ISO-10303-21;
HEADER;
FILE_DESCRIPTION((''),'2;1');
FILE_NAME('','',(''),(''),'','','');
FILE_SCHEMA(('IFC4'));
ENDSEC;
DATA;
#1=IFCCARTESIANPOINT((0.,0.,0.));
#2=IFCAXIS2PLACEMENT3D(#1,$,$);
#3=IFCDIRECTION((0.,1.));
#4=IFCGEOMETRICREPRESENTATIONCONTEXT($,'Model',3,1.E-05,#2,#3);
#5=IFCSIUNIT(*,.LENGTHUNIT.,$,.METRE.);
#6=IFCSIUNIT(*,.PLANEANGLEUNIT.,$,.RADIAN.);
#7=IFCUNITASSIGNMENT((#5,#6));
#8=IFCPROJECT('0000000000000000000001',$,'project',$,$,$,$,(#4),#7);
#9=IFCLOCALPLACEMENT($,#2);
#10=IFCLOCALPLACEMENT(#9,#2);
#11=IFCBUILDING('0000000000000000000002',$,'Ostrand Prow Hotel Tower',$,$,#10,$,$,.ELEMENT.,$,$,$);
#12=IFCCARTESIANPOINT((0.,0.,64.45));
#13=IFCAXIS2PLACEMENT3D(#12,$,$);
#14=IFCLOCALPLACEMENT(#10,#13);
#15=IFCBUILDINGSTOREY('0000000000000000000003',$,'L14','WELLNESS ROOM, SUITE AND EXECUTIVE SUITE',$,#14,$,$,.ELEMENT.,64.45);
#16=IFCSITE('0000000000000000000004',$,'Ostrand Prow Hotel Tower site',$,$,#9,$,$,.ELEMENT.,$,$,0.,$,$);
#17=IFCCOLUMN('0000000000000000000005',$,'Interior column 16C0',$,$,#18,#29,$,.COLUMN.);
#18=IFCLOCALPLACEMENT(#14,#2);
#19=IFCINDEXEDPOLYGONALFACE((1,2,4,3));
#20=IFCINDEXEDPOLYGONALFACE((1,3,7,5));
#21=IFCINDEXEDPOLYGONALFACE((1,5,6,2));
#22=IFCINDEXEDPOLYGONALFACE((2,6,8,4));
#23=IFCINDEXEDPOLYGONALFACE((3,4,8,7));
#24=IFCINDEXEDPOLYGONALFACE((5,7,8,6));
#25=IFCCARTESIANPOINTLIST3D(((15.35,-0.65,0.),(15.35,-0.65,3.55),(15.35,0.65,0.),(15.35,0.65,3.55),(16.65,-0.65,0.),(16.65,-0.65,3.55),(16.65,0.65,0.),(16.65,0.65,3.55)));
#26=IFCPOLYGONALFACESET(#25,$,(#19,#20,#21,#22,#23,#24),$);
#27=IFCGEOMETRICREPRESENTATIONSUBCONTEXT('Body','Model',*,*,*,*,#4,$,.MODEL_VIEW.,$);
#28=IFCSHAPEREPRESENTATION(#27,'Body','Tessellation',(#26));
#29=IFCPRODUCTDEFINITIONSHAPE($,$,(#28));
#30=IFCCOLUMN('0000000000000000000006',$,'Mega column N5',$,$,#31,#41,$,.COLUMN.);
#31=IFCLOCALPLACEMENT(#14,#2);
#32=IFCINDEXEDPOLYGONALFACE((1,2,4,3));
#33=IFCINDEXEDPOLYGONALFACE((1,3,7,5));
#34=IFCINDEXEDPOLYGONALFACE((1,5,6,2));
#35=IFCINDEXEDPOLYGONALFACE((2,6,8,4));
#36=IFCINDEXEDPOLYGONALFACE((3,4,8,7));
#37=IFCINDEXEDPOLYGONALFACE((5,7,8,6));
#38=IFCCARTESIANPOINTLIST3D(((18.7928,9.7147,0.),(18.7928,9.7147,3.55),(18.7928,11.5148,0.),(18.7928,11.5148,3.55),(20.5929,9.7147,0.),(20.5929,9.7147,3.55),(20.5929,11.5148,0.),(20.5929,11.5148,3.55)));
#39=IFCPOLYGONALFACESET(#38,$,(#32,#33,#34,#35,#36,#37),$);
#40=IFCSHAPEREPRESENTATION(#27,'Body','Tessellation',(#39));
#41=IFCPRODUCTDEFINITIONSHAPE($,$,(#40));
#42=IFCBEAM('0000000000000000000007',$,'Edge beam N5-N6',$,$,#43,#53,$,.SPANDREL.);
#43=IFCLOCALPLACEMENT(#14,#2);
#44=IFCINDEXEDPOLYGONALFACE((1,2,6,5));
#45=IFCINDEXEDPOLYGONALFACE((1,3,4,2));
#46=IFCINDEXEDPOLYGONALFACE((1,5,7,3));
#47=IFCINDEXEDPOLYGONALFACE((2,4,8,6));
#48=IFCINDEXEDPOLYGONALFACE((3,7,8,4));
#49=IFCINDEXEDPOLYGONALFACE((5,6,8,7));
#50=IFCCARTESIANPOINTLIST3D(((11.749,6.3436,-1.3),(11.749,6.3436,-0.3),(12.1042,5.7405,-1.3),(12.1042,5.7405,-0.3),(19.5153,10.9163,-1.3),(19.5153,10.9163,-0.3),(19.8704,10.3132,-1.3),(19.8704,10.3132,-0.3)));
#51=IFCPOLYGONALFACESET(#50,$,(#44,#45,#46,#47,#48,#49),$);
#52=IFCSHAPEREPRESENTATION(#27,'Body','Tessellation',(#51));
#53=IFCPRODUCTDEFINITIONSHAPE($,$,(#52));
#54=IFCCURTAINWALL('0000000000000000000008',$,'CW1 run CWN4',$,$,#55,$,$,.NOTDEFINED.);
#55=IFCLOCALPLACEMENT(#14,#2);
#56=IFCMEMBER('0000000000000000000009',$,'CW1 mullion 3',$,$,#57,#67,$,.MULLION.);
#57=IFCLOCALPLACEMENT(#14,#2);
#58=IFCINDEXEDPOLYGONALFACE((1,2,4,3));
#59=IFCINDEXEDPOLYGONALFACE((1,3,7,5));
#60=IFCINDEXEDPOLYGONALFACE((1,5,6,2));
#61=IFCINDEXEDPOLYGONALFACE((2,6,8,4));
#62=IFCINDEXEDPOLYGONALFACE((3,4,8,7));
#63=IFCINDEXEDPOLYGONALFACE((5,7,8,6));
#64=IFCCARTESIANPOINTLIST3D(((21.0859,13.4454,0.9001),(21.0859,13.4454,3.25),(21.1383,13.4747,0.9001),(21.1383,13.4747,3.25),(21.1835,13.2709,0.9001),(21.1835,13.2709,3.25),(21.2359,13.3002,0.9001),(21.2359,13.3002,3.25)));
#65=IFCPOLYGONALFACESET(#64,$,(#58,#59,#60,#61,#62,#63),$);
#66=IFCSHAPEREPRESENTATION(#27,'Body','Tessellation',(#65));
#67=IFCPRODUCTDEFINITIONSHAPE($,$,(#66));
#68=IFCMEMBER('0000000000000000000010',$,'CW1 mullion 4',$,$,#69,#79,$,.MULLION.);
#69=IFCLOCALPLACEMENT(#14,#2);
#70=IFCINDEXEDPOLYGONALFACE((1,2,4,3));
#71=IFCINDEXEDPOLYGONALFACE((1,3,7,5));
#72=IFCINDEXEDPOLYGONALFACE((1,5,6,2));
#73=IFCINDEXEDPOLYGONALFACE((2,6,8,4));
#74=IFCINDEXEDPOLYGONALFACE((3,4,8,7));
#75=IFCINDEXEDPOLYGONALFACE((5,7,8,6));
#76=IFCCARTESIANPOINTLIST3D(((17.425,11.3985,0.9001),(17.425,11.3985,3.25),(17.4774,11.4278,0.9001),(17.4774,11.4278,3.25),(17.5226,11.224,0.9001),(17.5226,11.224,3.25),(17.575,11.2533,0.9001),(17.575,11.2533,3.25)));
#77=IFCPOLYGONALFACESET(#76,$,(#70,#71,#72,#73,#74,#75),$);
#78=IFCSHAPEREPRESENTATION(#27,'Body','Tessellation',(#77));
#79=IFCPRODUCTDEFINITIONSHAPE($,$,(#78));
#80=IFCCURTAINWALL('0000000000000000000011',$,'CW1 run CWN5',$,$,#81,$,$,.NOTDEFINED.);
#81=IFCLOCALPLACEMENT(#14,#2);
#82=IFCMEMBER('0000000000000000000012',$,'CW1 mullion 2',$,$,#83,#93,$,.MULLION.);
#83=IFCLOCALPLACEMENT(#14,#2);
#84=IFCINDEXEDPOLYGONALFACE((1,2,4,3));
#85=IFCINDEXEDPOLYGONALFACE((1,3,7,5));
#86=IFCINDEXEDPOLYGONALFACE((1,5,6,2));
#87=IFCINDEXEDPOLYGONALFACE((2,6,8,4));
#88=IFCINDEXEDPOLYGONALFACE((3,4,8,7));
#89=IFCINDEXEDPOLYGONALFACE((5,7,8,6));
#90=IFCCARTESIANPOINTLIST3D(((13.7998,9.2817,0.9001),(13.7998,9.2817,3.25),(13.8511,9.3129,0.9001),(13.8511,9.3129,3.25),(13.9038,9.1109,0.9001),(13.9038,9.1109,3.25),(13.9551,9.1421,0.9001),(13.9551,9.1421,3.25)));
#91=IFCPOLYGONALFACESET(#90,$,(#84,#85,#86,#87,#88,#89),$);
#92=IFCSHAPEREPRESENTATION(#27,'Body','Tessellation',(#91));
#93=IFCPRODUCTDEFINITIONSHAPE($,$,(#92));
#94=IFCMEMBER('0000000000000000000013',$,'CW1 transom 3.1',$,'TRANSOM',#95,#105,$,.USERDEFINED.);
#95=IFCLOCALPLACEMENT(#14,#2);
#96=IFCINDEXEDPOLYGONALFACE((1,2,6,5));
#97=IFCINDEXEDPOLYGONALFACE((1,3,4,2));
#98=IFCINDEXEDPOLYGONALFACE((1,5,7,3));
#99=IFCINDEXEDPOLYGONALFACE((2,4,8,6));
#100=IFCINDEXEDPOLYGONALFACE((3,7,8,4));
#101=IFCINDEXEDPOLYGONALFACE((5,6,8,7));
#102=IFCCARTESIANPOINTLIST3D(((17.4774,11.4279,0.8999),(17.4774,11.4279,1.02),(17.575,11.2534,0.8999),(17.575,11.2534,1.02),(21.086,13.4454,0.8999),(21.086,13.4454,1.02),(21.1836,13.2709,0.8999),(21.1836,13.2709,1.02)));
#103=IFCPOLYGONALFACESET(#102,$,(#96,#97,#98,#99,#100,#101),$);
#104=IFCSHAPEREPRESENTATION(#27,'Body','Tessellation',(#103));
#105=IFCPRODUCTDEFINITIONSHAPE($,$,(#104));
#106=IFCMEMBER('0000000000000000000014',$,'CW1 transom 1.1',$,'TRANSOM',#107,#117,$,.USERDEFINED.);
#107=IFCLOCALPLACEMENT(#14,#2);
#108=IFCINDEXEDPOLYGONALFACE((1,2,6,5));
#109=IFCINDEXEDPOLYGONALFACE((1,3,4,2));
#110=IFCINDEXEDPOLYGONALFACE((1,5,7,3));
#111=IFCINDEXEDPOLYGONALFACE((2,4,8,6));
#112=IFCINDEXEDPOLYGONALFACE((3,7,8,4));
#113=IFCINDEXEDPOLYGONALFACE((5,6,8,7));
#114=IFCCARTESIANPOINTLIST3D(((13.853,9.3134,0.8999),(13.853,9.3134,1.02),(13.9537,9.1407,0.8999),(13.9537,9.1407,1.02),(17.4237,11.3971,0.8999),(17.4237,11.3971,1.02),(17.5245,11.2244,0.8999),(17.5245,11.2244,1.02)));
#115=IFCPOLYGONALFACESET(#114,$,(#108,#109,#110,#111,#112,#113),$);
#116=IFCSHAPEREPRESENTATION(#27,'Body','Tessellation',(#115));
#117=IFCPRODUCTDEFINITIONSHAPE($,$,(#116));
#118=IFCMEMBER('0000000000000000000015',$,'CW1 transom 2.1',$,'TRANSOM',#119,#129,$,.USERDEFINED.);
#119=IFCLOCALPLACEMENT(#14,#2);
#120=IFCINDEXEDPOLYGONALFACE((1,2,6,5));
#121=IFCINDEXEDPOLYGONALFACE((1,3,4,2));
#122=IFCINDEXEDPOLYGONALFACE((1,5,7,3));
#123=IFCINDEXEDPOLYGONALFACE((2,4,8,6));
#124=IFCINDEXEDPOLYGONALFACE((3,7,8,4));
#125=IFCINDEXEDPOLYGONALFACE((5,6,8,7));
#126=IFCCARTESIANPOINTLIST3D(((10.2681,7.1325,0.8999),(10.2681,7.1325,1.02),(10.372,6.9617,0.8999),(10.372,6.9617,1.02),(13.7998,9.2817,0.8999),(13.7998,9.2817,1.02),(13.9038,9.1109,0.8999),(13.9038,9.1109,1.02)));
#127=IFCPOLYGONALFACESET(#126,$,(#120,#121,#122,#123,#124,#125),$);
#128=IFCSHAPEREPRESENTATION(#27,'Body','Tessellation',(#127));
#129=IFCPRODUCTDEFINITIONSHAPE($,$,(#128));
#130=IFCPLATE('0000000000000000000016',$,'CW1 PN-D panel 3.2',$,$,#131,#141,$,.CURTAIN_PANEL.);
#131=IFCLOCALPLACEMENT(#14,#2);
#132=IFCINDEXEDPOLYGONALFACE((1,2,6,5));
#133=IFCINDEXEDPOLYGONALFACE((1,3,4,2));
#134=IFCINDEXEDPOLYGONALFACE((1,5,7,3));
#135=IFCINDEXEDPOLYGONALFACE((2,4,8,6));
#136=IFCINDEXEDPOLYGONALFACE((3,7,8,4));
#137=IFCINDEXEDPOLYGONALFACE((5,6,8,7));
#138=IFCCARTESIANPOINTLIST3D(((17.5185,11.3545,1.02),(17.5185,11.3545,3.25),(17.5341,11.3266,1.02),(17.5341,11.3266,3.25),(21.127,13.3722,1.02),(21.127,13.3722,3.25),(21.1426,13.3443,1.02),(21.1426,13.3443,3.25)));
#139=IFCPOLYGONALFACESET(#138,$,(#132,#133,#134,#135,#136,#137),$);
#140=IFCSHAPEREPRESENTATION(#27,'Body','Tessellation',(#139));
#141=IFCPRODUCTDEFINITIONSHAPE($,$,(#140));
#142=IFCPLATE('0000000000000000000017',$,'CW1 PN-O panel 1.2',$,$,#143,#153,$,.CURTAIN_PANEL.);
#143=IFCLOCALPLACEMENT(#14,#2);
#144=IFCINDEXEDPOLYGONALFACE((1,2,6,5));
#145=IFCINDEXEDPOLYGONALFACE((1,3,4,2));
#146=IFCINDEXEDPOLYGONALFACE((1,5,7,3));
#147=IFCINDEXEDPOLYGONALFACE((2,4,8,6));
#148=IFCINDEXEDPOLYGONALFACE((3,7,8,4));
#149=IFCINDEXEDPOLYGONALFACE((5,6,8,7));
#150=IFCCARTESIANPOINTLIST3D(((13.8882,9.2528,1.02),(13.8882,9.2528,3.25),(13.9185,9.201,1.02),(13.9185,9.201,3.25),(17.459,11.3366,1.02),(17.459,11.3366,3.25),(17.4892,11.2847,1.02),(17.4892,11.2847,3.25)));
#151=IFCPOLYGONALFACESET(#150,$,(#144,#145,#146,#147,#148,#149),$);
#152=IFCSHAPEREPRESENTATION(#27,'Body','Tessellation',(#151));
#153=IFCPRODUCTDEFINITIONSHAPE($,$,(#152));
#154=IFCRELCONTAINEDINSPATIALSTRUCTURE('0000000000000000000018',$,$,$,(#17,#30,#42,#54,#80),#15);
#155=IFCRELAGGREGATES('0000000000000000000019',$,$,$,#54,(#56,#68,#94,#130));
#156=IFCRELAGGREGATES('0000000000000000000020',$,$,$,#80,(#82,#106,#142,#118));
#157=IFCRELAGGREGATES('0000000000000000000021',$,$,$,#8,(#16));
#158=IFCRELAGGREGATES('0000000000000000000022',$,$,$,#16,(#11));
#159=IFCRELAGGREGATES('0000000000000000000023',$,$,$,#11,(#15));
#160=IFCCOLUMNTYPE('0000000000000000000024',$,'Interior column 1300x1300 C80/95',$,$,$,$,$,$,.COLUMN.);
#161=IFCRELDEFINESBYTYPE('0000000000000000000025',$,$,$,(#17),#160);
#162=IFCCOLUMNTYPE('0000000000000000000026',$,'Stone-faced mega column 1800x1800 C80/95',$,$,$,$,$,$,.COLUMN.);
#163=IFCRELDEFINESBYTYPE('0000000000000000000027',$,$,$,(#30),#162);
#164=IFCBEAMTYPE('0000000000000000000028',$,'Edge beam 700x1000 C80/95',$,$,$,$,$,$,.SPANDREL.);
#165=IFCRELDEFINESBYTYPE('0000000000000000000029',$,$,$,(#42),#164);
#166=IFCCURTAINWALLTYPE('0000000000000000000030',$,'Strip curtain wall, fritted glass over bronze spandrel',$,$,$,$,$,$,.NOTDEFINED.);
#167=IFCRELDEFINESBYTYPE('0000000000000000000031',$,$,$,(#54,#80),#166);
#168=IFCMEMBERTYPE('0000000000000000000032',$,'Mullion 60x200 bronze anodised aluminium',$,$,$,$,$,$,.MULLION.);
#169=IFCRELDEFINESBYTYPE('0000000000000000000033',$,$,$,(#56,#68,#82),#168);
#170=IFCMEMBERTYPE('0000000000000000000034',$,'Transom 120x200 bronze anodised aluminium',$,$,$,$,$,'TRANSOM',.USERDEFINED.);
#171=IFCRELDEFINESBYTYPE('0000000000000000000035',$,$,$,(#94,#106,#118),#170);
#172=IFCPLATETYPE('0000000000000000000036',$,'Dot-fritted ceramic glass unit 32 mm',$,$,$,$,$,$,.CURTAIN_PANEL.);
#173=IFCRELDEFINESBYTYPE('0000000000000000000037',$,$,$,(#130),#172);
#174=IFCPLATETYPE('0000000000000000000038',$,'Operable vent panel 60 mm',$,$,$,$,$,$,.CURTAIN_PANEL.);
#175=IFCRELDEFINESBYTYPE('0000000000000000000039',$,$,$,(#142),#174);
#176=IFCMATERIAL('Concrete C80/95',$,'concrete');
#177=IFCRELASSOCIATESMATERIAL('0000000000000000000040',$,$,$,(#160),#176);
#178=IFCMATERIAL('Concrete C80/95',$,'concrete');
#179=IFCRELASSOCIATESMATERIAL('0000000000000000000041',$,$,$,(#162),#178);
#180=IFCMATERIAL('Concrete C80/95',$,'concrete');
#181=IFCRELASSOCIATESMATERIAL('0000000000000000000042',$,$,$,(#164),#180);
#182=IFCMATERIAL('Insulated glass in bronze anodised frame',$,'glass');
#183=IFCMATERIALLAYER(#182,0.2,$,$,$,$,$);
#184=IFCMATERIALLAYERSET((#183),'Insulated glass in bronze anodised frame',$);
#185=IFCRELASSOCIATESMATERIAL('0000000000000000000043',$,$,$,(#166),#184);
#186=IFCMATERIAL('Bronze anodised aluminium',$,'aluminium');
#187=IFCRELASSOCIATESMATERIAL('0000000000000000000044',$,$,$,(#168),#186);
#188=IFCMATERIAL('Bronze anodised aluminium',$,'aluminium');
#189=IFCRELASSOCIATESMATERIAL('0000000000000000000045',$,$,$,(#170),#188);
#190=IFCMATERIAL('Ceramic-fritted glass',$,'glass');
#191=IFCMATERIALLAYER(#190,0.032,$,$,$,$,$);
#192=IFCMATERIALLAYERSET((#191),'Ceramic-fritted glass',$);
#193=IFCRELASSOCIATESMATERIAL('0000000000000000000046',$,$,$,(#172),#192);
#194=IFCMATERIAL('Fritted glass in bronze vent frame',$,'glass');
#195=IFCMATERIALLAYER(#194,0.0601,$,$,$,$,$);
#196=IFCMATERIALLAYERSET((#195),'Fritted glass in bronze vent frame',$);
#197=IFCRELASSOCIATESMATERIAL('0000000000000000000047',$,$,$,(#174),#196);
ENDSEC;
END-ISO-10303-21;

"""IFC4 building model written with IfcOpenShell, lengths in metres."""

from ifc_helpers import new_model, si_unit, direction, frame, origin, origin_2d, place, context, subcontext, project, spatial, rectangle, extrude, material, layer, layer_set, material_profile, profile_set, type_object, element, aggregate, save


model = new_model("IFC4")

# Units and contexts
model_context = context("Model", 3, precision=1e-05, world=origin(), true_north=direction((0.0, 1.0)))
body_context = subcontext(model_context, "Body", "Model", "MODEL_VIEW")
ifc_project = project(units=[si_unit("LENGTHUNIT", "METRE"), si_unit("PLANEANGLEUNIT", "RADIAN")], contexts=[model_context])

# Site, building, storey
site_placement = place(None, origin())
site = spatial("IfcSite", under=ifc_project, at=site_placement, Name="Ostrand Prow Hotel Tower site", CompositionType="ELEMENT", RefElevation=0.0)
building_placement = place(site_placement, origin())
building = spatial("IfcBuilding", under=site, at=building_placement, Name="Ostrand Prow Hotel Tower", CompositionType="ELEMENT")
storey_placement = place(building_placement, frame((0.0, 0.0, 64.45)))
storey = spatial("IfcBuildingStorey", under=building, at=storey_placement, Name="L14", Description="WELLNESS ROOM, SUITE AND EXECUTIVE SUITE", CompositionType="ELEMENT", Elevation=64.45)

# Columns
ifc_material_1 = material(Name="Concrete C80/95", Category="concrete")
ifc_material_profile_1 = material_profile(ifc_material_1, rectangle(XDim=1.3, YDim=1.3, at=origin_2d()), Name="RC 1300x1300")
ifc_profile_set_1 = profile_set([ifc_material_profile_1], Name="Concrete C80/95")
column_type_1 = type_object("IfcColumnType", Name="Interior column 1300x1300 C80/95", PredefinedType="COLUMN", material=ifc_profile_set_1)
column_1_placement = place(storey_placement, frame((16.0, 0.0, 0.0), z_axis=(0.0, 0.0, 1.0), x_axis=(1.0, 0.0, 0.0)))
element("IfcColumn", 1, at=column_1_placement, inside=storey, type_object=column_type_1, Name="Interior column 16C0", PredefinedType="COLUMN", context=body_context, shape_type="SweptSolid", body=[
    extrude(rectangle(XDim=1.3, YDim=1.3, at=origin_2d()), origin(), (0.0, 0.0, 1.0), 3.55),
])
ifc_material_2 = material(Name="Concrete C80/95", Category="concrete")
ifc_material_profile_2 = material_profile(ifc_material_2, rectangle(XDim=1.8, YDim=1.8, at=origin_2d()), Name="RC 1800x1800")
ifc_profile_set_2 = profile_set([ifc_material_profile_2], Name="Concrete C80/95")
column_type_2 = type_object("IfcColumnType", Name="Stone-faced mega column 1800x1800 C80/95", PredefinedType="COLUMN", material=ifc_profile_set_2)
column_2_placement = place(storey_placement, frame((19.6929, 10.6147, 0.0), z_axis=(0.0, 0.0, 1.0), x_axis=(1.0, 0.0, 0.0)))
element("IfcColumn", 2, at=column_2_placement, inside=storey, type_object=column_type_2, Name="Mega column N5", PredefinedType="COLUMN", context=body_context, shape_type="SweptSolid", body=[
    extrude(rectangle(XDim=1.8, YDim=1.8, at=origin_2d()), origin(), (0.0, 0.0, 1.0), 3.55),
])

# Beam
ifc_material_3 = material(Name="Concrete C80/95", Category="concrete")
ifc_material_profile_3 = material_profile(ifc_material_3, rectangle(XDim=0.7, YDim=1.0, at=origin_2d()), Name="RC 700x1000")
ifc_profile_set_3 = profile_set([ifc_material_profile_3], Name="Concrete C80/95")
beam_type = type_object("IfcBeamType", Name="Edge beam 700x1000 C80/95", PredefinedType="SPANDREL", material=ifc_profile_set_3)
beam_placement = place(storey_placement, frame((19.6929, 10.6147, -0.8), z_axis=(-0.861725, -0.507375, 0.0), x_axis=(0.507375, -0.861725, 0.0)))
element("IfcBeam", 3, at=beam_placement, inside=storey, type_object=beam_type, Name="Edge beam N5-N6", PredefinedType="SPANDREL", context=body_context, shape_type="SweptSolid", body=[
    extrude(rectangle(XDim=0.7, YDim=1.0, at=origin_2d()), origin(), (0.0, 0.0, 1.0), 9.0125),
])

# Curtain wall, members
ifc_material_4 = material(Name="Insulated glass in bronze anodised frame", Category="glass")
ifc_layer_1 = layer(ifc_material_4, 0.2)
ifc_layer_set_1 = layer_set([ifc_layer_1], Name="Insulated glass in bronze anodised frame")
curtain_wall_type = type_object("IfcCurtainWallType", Name="Strip curtain wall, fritted glass over bronze spandrel", PredefinedType="NOTDEFINED", material=ifc_layer_set_1)
curtain_wall_1_placement = place(storey_placement, origin())
curtain_wall_1 = element("IfcCurtainWall", 4, at=curtain_wall_1_placement, inside=storey, type_object=curtain_wall_type, Name="CW1 run CWN4", PredefinedType="NOTDEFINED")
ifc_material_5 = material(Name="Bronze anodised aluminium", Category="aluminium")
ifc_material_profile_4 = material_profile(ifc_material_5, rectangle(XDim=0.2, YDim=0.0601, at=origin_2d()), Name="Mullion 60x200 bronze anodised aluminium")
ifc_profile_set_4 = profile_set([ifc_material_profile_4], Name="Bronze anodised aluminium")
member_type_1 = type_object("IfcMemberType", Name="Mullion 60x200 bronze anodised aluminium", PredefinedType="MULLION", material=ifc_profile_set_4)
member_1_placement = place(storey_placement, frame((21.1609, 13.3728, 0.9001), z_axis=(0.0, 0.0, 1.0), x_axis=(0.488044, -0.872819, 0.0)))
member_1 = element("IfcMember", 5, at=member_1_placement, type_object=member_type_1, Name="CW1 mullion 3", PredefinedType="MULLION", context=body_context, shape_type="SweptSolid", body=[
    extrude(rectangle(XDim=0.2, YDim=0.0601, at=origin_2d()), origin(), (0.0, 0.0, 1.0), 2.3499),
])
member_2_placement = place(storey_placement, frame((17.5, 11.3259, 0.9001), z_axis=(0.0, 0.0, 1.0), x_axis=(0.488044, -0.872819, 0.0)))
member_2 = element("IfcMember", 6, at=member_2_placement, type_object=member_type_1, Name="CW1 mullion 4", PredefinedType="MULLION", context=body_context, shape_type="SweptSolid", body=[
    extrude(rectangle(XDim=0.2, YDim=0.0601, at=origin_2d()), origin(), (0.0, 0.0, 1.0), 2.3499),
])

# Curtain wall, member
curtain_wall_2_placement = place(storey_placement, origin())
curtain_wall_2 = element("IfcCurtainWall", 7, at=curtain_wall_2_placement, inside=storey, type_object=curtain_wall_type, Name="CW1 run CWN5", PredefinedType="NOTDEFINED")
member_3_placement = place(storey_placement, frame((13.8774, 9.2119, 0.9001), z_axis=(0.0, 0.0, 1.0), x_axis=(0.519831, -0.854269, 0.0)))
member_3 = element("IfcMember", 8, at=member_3_placement, type_object=member_type_1, Name="CW1 mullion 2", PredefinedType="MULLION", context=body_context, shape_type="SweptSolid", body=[
    extrude(rectangle(XDim=0.2, YDim=0.0601, at=origin_2d()), origin(), (0.0, 0.0, 1.0), 2.3499),
])

# Members
ifc_material_6 = material(Name="Bronze anodised aluminium", Category="aluminium")
ifc_material_profile_5 = material_profile(ifc_material_6, rectangle(XDim=0.2, YDim=0.1201, at=origin_2d()), Name="Transom 120x200 bronze anodised aluminium")
ifc_profile_set_5 = profile_set([ifc_material_profile_5], Name="Bronze anodised aluminium")
member_type_2 = type_object("IfcMemberType", Name="Transom 120x200 bronze anodised aluminium", ElementType="TRANSOM", PredefinedType="USERDEFINED", material=ifc_profile_set_5)
member_4_placement = place(storey_placement, frame((21.1348, 13.3582, 0.96), z_axis=(-0.872842, -0.488003, 0.0), x_axis=(0.488003, -0.872842, 0.0)))
member_4 = element("IfcMember", 9, at=member_4_placement, type_object=member_type_2, Name="CW1 transom 3.1", ObjectType="TRANSOM", PredefinedType="USERDEFINED", context=body_context, shape_type="SweptSolid", body=[
    extrude(rectangle(XDim=0.2, YDim=0.1201, at=origin_2d()), origin(), (0.0, 0.0, 1.0), 4.1343),
])
member_5_placement = place(storey_placement, frame((17.4741, 11.3108, 0.96), z_axis=(-0.863698, -0.504011, 0.0), x_axis=(0.504011, -0.863698, 0.0)))
member_5 = element("IfcMember", 10, at=member_5_placement, type_object=member_type_2, Name="CW1 transom 1.1", ObjectType="TRANSOM", PredefinedType="USERDEFINED", context=body_context, shape_type="SweptSolid", body=[
    extrude(rectangle(XDim=0.2, YDim=0.1201, at=origin_2d()), origin(), (0.0, 0.0, 1.0), 4.1343),
])
member_6_placement = place(storey_placement, frame((13.8518, 9.1963, 0.96), z_axis=(-0.854261, -0.519844, 0.0), x_axis=(0.519844, -0.854261, 0.0)))
member_6 = element("IfcMember", 11, at=member_6_placement, type_object=member_type_2, Name="CW1 transom 2.1", ObjectType="TRANSOM", PredefinedType="USERDEFINED", context=body_context, shape_type="SweptSolid", body=[
    extrude(rectangle(XDim=0.2, YDim=0.1201, at=origin_2d()), origin(), (0.0, 0.0, 1.0), 4.1343),
])

# Plates
ifc_material_7 = material(Name="Ceramic-fritted glass", Category="glass")
ifc_layer_2 = layer(ifc_material_7, 0.032)
ifc_layer_set_2 = layer_set([ifc_layer_2], Name="Ceramic-fritted glass")
plate_type_1 = type_object("IfcPlateType", Name="Dot-fritted ceramic glass unit 32 mm", PredefinedType="CURTAIN_PANEL", material=ifc_layer_set_2)
plate_1_placement = place(storey_placement, frame((19.3306, 12.3494, 1.02), z_axis=(0.0, 0.0, 1.0), x_axis=(-0.872819, -0.488044, 0.0)))
plate_1 = element("IfcPlate", 12, at=plate_1_placement, type_object=plate_type_1, Name="CW1 PN-D panel 3.2", PredefinedType="CURTAIN_PANEL", context=body_context, shape_type="SweptSolid", body=[
    extrude(rectangle(XDim=4.1343, YDim=0.032, at=origin_2d()), origin(), (0.0, 0.0, 1.0), 2.23),
])
aggregate(curtain_wall_1, [member_1, member_2, member_4, plate_1])
ifc_material_8 = material(Name="Fritted glass in bronze vent frame", Category="glass")
ifc_layer_3 = layer(ifc_material_8, 0.0601)
ifc_layer_set_3 = layer_set([ifc_layer_3], Name="Fritted glass in bronze vent frame")
plate_type_2 = type_object("IfcPlateType", Name="Operable vent panel 60 mm", PredefinedType="CURTAIN_PANEL", material=ifc_layer_set_3)
plate_2_placement = place(storey_placement, frame((15.6887, 10.2688, 1.02), z_axis=(0.0, 0.0, 1.0), x_axis=(-0.86369, -0.504023, 0.0)))
plate_2 = element("IfcPlate", 13, at=plate_2_placement, type_object=plate_type_2, Name="CW1 PN-O panel 1.2", PredefinedType="CURTAIN_PANEL", context=body_context, shape_type="SweptSolid", body=[
    extrude(rectangle(XDim=4.1343, YDim=0.0601, at=origin_2d()), origin(), (0.0, 0.0, 1.0), 2.23),
])
aggregate(curtain_wall_2, [member_3, member_5, plate_2, member_6])

save(model, "model.ifc")
